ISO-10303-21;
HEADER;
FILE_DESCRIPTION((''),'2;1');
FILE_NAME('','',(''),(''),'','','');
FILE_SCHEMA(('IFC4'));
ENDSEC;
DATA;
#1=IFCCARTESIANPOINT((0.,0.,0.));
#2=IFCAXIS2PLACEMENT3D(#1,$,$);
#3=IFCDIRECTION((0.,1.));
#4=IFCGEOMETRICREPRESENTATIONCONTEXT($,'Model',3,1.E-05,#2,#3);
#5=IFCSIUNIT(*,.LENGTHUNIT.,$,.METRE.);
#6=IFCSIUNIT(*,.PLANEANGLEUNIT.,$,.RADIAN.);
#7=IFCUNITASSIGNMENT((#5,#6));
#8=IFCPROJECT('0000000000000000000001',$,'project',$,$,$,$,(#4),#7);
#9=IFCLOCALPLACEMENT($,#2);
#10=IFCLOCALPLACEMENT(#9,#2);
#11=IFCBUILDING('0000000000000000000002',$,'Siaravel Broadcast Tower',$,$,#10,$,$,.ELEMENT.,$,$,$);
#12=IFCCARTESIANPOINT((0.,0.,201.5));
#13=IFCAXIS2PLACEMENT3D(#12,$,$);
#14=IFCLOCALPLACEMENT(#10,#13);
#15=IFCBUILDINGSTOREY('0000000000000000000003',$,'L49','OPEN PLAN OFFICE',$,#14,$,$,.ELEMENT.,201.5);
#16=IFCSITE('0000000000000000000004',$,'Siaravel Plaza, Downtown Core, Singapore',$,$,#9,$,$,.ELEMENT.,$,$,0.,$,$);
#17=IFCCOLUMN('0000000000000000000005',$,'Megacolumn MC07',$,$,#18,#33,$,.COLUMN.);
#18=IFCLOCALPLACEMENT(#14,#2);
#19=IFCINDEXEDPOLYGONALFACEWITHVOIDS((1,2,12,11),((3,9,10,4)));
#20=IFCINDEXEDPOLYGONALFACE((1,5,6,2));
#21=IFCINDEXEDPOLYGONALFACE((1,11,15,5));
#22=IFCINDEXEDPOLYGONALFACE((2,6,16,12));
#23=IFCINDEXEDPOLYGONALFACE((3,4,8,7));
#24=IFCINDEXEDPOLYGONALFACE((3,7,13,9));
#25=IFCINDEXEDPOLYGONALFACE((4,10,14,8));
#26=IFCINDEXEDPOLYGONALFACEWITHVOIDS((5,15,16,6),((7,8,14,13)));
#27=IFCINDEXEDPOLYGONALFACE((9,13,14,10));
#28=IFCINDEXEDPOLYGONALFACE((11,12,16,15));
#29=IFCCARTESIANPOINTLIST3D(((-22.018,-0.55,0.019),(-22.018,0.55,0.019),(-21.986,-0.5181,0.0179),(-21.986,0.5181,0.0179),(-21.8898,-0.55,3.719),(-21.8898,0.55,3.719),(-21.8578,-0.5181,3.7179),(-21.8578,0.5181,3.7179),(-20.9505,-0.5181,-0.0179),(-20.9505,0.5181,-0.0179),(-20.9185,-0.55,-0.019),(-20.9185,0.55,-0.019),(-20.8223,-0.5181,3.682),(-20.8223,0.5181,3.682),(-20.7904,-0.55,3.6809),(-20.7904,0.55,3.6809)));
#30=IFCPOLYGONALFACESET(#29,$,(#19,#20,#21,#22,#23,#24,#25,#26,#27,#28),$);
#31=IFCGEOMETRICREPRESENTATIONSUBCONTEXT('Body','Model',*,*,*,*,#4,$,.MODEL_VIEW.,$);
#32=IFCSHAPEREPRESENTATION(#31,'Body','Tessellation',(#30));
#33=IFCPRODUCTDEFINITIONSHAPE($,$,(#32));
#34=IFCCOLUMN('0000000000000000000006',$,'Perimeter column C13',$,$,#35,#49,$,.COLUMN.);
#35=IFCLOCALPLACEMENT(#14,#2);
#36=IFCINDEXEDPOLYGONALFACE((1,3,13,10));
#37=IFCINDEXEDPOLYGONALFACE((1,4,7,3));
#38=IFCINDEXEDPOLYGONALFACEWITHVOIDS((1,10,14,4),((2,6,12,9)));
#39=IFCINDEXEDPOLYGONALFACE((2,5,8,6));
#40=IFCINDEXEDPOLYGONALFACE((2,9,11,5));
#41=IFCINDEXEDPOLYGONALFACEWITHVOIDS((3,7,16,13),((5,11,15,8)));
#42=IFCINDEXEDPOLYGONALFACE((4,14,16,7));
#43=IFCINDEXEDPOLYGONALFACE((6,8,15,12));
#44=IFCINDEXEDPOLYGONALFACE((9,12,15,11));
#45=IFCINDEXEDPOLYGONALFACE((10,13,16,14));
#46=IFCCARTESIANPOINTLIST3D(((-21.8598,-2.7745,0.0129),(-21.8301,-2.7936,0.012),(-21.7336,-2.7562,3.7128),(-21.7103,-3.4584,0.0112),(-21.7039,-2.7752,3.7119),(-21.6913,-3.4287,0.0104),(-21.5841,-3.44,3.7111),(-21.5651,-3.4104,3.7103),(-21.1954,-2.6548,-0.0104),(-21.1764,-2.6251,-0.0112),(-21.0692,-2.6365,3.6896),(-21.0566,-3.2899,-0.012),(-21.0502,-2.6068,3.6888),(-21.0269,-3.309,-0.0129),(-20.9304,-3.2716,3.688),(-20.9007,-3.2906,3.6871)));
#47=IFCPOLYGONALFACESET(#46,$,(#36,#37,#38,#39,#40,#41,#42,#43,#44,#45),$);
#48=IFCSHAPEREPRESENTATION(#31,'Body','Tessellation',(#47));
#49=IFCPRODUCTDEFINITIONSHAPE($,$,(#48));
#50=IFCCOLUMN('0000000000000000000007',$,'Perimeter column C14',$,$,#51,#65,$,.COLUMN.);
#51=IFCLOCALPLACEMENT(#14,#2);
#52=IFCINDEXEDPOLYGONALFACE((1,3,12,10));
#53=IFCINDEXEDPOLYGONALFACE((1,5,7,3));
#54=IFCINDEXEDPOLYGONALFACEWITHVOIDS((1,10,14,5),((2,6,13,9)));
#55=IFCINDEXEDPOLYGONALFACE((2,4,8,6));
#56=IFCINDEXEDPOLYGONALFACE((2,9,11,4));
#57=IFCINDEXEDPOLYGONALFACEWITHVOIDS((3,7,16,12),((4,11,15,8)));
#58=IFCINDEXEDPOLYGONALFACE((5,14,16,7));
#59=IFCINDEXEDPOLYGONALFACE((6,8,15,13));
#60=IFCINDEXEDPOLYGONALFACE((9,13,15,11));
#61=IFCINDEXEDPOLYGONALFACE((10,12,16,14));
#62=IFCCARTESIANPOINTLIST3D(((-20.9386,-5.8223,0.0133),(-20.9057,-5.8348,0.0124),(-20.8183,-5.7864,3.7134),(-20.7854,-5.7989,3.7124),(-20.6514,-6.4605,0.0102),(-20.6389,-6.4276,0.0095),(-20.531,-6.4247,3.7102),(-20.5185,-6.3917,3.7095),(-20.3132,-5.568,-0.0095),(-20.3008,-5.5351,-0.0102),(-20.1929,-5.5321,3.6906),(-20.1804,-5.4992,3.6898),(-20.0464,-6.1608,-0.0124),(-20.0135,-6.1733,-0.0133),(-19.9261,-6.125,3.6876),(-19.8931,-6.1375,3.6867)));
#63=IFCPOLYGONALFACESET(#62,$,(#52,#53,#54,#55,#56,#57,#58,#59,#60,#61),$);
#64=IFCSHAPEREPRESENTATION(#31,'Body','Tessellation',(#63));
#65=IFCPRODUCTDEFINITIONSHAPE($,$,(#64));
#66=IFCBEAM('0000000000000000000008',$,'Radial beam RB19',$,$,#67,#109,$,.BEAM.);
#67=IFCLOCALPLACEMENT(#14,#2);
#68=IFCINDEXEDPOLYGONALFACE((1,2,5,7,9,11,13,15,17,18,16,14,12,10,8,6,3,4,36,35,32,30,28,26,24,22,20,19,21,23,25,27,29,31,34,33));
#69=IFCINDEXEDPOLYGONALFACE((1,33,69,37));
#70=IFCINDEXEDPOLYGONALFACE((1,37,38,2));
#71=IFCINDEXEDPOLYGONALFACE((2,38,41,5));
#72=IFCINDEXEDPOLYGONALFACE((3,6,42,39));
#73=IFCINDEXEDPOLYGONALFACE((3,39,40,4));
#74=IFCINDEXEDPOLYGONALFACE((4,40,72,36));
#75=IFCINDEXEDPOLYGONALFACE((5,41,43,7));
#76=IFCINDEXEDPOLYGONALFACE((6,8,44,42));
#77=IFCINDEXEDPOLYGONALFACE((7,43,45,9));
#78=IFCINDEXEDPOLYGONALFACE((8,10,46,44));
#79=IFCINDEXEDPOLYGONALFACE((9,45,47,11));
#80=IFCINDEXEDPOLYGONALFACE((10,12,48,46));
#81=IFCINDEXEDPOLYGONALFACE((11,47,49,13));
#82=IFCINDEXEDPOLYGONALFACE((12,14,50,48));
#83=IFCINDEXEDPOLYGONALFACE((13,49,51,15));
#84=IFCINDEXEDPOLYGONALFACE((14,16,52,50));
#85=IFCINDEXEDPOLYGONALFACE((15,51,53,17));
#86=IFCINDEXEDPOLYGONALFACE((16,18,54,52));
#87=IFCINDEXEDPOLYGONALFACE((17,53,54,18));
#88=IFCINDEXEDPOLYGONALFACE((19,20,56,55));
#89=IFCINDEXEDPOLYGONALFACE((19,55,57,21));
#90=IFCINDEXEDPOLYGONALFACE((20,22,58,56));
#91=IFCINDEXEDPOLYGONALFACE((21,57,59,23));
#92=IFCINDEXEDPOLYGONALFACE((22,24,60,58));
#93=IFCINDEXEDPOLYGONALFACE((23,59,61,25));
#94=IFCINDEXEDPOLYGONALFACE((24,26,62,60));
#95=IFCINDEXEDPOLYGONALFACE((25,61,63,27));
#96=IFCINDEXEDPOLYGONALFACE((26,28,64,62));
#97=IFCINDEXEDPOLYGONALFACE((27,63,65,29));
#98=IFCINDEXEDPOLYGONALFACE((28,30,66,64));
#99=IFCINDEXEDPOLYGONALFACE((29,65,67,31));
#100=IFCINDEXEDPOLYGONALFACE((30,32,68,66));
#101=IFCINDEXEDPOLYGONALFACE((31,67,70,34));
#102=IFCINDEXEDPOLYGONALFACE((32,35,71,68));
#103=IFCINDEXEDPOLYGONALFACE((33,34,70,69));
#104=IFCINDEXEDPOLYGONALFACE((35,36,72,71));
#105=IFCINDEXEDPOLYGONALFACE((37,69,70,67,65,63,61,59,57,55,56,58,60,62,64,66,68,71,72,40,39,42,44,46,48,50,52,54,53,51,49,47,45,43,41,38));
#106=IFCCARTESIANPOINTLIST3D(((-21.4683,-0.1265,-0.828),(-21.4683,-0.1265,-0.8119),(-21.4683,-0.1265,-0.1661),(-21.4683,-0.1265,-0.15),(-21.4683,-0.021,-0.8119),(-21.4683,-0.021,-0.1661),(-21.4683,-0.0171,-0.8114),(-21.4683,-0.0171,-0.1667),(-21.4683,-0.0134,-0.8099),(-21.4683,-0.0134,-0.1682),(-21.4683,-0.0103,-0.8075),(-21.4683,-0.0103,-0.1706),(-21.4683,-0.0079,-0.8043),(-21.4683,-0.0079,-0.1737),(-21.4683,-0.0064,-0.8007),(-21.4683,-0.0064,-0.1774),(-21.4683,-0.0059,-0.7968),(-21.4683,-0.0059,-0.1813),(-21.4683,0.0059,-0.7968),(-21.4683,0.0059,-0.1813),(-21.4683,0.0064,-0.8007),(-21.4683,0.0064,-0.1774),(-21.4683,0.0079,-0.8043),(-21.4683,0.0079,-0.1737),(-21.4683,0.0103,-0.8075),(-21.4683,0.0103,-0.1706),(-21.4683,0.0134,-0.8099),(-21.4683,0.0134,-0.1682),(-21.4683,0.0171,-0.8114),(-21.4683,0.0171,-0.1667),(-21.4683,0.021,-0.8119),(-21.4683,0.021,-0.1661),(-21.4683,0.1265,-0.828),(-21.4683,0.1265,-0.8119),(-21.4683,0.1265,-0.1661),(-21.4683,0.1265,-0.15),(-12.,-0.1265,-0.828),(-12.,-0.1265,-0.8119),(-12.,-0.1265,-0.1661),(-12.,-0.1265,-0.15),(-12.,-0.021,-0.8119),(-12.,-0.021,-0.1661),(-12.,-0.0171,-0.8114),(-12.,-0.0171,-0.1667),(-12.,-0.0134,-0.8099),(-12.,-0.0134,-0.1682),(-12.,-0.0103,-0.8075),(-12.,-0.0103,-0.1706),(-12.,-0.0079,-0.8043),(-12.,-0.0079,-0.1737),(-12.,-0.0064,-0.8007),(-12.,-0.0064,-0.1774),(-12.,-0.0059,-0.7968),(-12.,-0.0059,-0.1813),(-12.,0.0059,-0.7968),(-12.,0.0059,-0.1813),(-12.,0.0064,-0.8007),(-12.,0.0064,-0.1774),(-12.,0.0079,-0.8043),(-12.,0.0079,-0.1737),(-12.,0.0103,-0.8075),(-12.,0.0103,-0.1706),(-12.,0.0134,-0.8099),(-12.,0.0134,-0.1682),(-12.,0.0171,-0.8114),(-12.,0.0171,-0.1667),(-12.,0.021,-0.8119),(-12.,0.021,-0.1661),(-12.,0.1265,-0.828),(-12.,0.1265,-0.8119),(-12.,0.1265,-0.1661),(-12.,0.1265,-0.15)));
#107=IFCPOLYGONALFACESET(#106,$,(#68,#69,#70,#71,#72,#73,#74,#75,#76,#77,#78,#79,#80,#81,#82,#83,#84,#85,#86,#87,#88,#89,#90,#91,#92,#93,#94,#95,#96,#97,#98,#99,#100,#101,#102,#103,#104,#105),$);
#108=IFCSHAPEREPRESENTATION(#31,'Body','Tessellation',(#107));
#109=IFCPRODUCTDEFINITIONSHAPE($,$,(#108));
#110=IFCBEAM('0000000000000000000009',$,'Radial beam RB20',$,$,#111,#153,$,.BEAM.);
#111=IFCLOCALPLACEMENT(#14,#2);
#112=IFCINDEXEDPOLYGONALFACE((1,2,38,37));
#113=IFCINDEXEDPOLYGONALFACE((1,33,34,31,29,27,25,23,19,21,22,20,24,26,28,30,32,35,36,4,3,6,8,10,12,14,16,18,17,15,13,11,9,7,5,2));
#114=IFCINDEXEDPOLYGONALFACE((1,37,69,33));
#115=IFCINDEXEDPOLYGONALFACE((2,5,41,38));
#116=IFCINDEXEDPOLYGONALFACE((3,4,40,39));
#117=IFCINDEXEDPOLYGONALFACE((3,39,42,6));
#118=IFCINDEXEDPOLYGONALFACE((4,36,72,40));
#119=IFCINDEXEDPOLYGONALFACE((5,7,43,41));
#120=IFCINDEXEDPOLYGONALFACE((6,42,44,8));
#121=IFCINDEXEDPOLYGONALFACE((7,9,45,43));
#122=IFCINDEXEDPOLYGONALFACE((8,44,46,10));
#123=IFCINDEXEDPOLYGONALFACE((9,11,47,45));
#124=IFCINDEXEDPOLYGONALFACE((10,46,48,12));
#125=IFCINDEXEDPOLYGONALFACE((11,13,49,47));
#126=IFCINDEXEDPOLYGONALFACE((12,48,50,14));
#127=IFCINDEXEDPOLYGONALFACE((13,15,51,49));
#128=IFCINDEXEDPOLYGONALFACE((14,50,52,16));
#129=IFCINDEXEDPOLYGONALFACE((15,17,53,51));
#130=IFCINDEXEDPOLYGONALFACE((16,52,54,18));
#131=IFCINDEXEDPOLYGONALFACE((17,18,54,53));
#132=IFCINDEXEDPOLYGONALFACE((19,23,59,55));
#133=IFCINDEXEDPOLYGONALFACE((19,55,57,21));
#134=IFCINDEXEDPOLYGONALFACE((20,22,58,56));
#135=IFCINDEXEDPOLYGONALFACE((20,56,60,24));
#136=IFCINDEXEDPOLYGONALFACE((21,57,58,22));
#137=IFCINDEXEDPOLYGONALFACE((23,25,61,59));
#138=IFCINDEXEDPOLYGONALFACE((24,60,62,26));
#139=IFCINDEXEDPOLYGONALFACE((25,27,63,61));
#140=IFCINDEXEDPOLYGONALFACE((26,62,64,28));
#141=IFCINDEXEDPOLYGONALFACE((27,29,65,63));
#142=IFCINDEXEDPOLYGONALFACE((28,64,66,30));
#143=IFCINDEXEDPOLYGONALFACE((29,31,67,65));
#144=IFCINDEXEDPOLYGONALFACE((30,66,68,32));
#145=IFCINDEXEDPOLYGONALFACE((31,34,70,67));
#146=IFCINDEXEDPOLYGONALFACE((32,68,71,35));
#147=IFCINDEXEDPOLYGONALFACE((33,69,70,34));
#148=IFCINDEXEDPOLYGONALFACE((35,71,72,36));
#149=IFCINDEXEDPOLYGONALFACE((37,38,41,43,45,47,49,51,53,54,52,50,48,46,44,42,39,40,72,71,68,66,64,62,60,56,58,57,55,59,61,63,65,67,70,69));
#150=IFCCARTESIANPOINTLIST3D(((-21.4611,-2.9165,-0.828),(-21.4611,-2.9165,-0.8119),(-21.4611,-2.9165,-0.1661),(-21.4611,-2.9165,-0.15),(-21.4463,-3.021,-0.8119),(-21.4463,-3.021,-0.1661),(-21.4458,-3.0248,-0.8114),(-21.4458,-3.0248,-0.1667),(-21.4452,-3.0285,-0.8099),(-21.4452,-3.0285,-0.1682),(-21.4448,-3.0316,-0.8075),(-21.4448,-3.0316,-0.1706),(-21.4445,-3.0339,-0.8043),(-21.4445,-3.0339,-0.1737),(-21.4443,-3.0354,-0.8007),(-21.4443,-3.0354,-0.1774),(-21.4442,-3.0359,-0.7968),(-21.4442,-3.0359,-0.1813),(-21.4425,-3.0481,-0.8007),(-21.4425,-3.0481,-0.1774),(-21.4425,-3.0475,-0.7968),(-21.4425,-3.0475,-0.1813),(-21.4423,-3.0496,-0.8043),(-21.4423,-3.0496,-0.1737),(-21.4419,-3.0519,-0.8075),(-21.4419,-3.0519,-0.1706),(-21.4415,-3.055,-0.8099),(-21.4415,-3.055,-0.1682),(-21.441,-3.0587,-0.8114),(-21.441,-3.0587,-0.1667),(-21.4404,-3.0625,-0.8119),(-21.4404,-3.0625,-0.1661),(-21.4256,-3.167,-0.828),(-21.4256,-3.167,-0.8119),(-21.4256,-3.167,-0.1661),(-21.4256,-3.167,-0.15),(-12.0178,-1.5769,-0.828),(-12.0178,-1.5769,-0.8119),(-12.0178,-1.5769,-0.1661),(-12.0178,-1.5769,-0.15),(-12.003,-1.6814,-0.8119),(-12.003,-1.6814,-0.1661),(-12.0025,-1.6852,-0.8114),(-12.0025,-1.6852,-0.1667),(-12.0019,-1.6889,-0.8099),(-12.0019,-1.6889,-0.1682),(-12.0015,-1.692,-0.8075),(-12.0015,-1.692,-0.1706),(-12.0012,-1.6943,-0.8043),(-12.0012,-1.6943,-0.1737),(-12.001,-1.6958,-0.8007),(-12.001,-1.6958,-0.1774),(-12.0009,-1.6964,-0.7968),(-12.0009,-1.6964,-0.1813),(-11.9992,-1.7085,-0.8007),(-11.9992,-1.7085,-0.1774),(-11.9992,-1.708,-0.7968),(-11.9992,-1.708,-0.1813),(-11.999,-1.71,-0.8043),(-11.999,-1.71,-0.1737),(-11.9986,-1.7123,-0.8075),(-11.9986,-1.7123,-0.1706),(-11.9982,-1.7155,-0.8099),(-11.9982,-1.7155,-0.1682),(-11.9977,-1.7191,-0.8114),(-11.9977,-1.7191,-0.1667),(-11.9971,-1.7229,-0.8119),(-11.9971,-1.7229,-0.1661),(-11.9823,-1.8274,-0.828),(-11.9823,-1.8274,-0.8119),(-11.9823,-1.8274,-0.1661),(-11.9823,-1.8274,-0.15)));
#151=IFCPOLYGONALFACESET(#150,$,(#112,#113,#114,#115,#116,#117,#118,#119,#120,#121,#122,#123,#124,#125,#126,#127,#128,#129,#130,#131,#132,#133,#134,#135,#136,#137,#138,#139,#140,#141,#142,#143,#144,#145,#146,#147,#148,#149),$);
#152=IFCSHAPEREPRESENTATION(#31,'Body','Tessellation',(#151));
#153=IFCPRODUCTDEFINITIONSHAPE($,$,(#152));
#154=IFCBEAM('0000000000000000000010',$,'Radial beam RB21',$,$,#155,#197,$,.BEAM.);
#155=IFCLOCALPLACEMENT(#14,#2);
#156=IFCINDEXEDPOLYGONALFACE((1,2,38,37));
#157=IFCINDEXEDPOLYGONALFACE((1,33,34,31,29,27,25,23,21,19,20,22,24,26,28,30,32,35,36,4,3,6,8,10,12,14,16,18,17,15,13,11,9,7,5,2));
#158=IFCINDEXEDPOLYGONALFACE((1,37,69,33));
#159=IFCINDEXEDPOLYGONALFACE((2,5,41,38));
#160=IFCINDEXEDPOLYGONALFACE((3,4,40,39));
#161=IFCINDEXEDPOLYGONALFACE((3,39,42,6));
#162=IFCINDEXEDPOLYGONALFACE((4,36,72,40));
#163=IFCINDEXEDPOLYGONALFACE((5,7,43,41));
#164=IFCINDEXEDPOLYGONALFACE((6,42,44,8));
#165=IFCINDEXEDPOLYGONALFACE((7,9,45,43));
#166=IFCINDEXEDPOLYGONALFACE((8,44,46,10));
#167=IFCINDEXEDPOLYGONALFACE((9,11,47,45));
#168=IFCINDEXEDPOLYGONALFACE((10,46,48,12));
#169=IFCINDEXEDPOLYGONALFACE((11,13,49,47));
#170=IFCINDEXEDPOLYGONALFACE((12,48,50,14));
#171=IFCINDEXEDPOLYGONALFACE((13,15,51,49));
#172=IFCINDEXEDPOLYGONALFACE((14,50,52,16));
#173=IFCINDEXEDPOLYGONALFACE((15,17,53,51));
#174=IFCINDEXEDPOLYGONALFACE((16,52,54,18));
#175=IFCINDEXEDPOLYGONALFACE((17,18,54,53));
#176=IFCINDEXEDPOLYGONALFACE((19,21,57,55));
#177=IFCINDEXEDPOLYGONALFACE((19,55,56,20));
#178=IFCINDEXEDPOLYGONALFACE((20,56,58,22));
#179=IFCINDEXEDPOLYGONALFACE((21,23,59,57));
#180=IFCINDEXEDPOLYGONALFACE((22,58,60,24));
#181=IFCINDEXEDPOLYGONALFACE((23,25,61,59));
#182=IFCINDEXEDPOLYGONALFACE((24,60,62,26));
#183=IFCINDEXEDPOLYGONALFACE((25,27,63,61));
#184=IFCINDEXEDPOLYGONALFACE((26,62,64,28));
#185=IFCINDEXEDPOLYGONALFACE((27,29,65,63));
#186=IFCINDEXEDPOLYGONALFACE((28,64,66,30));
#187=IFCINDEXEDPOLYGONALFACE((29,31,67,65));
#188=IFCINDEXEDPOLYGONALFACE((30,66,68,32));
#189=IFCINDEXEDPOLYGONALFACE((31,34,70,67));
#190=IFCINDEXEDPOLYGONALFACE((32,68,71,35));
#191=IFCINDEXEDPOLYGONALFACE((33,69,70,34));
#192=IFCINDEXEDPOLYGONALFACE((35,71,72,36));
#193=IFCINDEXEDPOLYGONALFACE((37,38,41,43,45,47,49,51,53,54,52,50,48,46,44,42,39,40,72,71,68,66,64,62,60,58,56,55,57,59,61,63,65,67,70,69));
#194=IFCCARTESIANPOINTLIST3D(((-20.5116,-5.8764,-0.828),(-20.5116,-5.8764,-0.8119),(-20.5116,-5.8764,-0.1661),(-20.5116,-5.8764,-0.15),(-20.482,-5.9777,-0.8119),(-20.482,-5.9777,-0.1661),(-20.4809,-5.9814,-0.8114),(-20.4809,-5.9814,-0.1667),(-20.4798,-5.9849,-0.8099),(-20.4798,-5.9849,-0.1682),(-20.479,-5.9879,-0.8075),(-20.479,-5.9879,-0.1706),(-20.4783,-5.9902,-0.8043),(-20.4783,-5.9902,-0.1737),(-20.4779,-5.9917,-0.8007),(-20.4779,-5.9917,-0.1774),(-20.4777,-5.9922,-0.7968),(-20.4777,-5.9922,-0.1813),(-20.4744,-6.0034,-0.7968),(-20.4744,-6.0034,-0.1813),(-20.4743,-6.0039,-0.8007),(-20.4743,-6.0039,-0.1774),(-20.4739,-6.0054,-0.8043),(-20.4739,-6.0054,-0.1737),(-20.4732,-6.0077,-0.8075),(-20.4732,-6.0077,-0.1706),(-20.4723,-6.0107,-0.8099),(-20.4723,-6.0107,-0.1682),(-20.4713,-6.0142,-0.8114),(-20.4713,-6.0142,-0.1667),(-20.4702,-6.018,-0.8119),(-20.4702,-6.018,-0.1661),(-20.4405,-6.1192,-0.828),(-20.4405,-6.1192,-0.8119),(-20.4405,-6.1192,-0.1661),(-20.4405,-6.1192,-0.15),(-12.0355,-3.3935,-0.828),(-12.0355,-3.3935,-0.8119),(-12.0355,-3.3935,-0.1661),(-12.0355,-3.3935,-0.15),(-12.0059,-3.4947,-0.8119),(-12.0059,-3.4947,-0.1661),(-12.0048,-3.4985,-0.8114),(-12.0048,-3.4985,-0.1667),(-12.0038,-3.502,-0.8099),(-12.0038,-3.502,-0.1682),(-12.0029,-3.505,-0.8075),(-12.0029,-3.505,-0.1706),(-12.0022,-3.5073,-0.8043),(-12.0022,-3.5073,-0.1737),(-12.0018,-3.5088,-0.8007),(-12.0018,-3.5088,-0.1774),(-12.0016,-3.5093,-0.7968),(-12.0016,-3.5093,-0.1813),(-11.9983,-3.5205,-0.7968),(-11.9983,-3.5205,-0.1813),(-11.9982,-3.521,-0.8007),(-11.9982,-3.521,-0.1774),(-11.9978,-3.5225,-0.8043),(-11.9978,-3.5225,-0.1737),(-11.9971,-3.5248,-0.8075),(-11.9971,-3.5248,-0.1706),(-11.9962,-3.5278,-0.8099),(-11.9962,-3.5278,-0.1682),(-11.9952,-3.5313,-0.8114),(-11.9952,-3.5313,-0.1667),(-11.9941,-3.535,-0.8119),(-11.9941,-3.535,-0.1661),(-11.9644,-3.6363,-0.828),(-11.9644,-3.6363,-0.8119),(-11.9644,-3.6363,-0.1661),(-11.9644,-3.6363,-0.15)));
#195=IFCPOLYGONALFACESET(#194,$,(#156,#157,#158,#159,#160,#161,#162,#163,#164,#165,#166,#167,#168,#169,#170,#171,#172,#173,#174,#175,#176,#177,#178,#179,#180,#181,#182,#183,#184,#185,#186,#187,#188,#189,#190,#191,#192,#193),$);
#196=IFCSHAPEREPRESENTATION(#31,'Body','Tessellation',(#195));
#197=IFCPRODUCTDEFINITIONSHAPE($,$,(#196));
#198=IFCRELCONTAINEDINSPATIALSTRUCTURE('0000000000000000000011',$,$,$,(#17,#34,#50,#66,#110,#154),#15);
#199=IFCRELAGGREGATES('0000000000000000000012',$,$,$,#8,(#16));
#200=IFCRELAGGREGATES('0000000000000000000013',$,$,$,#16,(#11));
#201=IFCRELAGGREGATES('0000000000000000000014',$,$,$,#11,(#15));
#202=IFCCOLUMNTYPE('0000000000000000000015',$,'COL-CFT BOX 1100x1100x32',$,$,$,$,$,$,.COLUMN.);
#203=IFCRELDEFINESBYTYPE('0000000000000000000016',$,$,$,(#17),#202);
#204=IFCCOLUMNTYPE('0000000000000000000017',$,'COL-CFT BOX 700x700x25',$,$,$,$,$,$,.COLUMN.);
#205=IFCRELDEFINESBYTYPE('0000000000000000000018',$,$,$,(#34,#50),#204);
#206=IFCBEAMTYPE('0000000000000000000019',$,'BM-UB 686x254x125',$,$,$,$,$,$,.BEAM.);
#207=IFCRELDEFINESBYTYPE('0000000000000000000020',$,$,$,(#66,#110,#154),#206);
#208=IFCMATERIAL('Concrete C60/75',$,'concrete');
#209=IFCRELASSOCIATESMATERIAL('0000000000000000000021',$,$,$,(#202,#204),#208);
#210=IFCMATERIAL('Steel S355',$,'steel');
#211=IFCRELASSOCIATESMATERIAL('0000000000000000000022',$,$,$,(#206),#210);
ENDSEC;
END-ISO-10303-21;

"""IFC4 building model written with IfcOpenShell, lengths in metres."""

from ifc_helpers import new_model, si_unit, direction, frame, origin, origin_2d, place, context, subcontext, project, spatial, hollow_rectangle, i_section, extrude, material, material_profile, profile_set, type_object, element, save


model = new_model("IFC4")

# Units and contexts
model_context = context("Model", 3, precision=1e-05, world=origin(), true_north=direction((0.0, 1.0)))
body_context = subcontext(model_context, "Body", "Model", "MODEL_VIEW")
ifc_project = project(units=[si_unit("LENGTHUNIT", "METRE"), si_unit("PLANEANGLEUNIT", "RADIAN")], contexts=[model_context])

# Site, building, storey
site_placement = place(None, origin())
site = spatial("IfcSite", under=ifc_project, at=site_placement, Name="Siaravel Plaza, Downtown Core, Singapore", CompositionType="ELEMENT", RefElevation=0.0)
building_placement = place(site_placement, origin())
building = spatial("IfcBuilding", under=site, at=building_placement, Name="Siaravel Broadcast Tower", CompositionType="ELEMENT")
storey_placement = place(building_placement, frame((0.0, 0.0, 201.5)))
storey = spatial("IfcBuildingStorey", under=building, at=storey_placement, Name="L49", Description="OPEN PLAN OFFICE", CompositionType="ELEMENT", Elevation=201.5)

# Columns
ifc_material_1 = material(Name="Concrete C60/75", Category="concrete")
ifc_material_profile_1 = material_profile(ifc_material_1, hollow_rectangle(XDim=1.1001, YDim=1.1001, WallThickness=0.032, at=origin_2d()))
ifc_profile_set_1 = profile_set([ifc_material_profile_1], Name="Concrete C60/75")
column_type_1 = type_object("IfcColumnType", Name="COL-CFT BOX 1100x1100x32", PredefinedType="COLUMN", material=ifc_profile_set_1)
column_placement = place(storey_placement, frame((-21.4683, 0.0, 0.0), z_axis=(0.034621, 0.0, 0.999401), x_axis=(0.0, 1.0, 0.0)))
element("IfcColumn", 1, at=column_placement, inside=storey, type_object=column_type_1, Name="Megacolumn MC07", PredefinedType="COLUMN", context=body_context, shape_type="SweptSolid", body=[
    extrude(hollow_rectangle(XDim=1.1001, YDim=1.1001, WallThickness=0.032, at=origin_2d()), origin(), (0.0, 0.0, 1.0), 3.7021),
])
ifc_material_profile_2 = material_profile(ifc_material_1, hollow_rectangle(XDim=0.7, YDim=0.7, WallThickness=0.0249, at=origin_2d()))
ifc_profile_set_2 = profile_set([ifc_material_profile_2], Name="Concrete C60/75")
column_type_2 = type_object("IfcColumnType", Name="COL-CFT BOX 700x700x25", PredefinedType="COLUMN", material=ifc_profile_set_2)
for number, where, z_axis, x_axis, name in (
    (2, (-21.4434, -3.0417, 0.0), (0.034094, 0.004946, 0.999406), (-0.213486, 0.976943, 0.002448), "Perimeter column C13"),
    (3, (-20.4761, -5.9978, 0.0), (0.032512, 0.009694, 0.999424), (-0.410411, 0.91189, 0.004506), "Perimeter column C14"),
):
    element("IfcColumn", number, at=place(storey_placement, frame(where, z_axis=z_axis, x_axis=x_axis)), inside=storey, type_object=column_type_2, Name=name, PredefinedType="COLUMN", context=body_context, shape_type="SweptSolid", body=[
        extrude(hollow_rectangle(XDim=0.7, YDim=0.7, WallThickness=0.0249, at=origin_2d()), origin(), (0.0, 0.0, 1.0), 3.7021),
    ])

# Beams
ifc_material_2 = material(Name="Steel S355", Category="steel")
ifc_material_profile_3 = material_profile(ifc_material_2, i_section(OverallWidth=0.2529, OverallDepth=0.678, WebThickness=0.0117, FlangeThickness=0.0161, FilletRadius=0.0151, at=origin_2d()))
ifc_profile_set_3 = profile_set([ifc_material_profile_3], Name="Steel S355")
beam_type = type_object("IfcBeamType", Name="BM-UB 686x254x125", PredefinedType="BEAM", material=ifc_profile_set_3)
beam_1_placement = place(storey_placement, frame((-21.4683, 0.0, -0.489), z_axis=(1.0, 0.0, 0.0), x_axis=(0.0, 1.0, 0.0)))
element("IfcBeam", 4, at=beam_1_placement, inside=storey, type_object=beam_type, Name="Radial beam RB19", PredefinedType="BEAM", context=body_context, shape_type="SweptSolid", body=[
    extrude(i_section(OverallWidth=0.2529, OverallDepth=0.678, WebThickness=0.0117, FlangeThickness=0.0161, FilletRadius=0.0151, at=origin_2d()), origin(), (0.0, 0.0, 1.0), 9.4683),
])
beam_2_placement = place(storey_placement, frame((-21.4434, -3.0417, -0.489), z_axis=(0.990088, 0.14045, 0.0), x_axis=(-0.14045, 0.990088, 0.0)))
element("IfcBeam", 5, at=beam_2_placement, inside=storey, type_object=beam_type, Name="Radial beam RB20", PredefinedType="BEAM", context=body_context, shape_type="SweptSolid", body=[
    extrude(i_section(OverallWidth=0.2529, OverallDepth=0.678, WebThickness=0.0117, FlangeThickness=0.0161, FilletRadius=0.0151, at=origin_2d()), origin(), (0.0, 0.0, 1.0), 9.5378),
])
beam_3_placement = place(storey_placement, frame((-20.4761, -5.9978, -0.489), z_axis=(0.959673, 0.281119, 0.0), x_axis=(-0.281119, 0.959673, 0.0)))
element("IfcBeam", 6, at=beam_3_placement, inside=storey, type_object=beam_type, Name="Radial beam RB21", PredefinedType="BEAM", context=body_context, shape_type="SweptSolid", body=[
    extrude(i_section(OverallWidth=0.2529, OverallDepth=0.678, WebThickness=0.0117, FlangeThickness=0.0161, FilletRadius=0.0151, at=origin_2d()), origin(), (0.0, 0.0, 1.0), 8.8323),
])

save(model, "model.ifc")
